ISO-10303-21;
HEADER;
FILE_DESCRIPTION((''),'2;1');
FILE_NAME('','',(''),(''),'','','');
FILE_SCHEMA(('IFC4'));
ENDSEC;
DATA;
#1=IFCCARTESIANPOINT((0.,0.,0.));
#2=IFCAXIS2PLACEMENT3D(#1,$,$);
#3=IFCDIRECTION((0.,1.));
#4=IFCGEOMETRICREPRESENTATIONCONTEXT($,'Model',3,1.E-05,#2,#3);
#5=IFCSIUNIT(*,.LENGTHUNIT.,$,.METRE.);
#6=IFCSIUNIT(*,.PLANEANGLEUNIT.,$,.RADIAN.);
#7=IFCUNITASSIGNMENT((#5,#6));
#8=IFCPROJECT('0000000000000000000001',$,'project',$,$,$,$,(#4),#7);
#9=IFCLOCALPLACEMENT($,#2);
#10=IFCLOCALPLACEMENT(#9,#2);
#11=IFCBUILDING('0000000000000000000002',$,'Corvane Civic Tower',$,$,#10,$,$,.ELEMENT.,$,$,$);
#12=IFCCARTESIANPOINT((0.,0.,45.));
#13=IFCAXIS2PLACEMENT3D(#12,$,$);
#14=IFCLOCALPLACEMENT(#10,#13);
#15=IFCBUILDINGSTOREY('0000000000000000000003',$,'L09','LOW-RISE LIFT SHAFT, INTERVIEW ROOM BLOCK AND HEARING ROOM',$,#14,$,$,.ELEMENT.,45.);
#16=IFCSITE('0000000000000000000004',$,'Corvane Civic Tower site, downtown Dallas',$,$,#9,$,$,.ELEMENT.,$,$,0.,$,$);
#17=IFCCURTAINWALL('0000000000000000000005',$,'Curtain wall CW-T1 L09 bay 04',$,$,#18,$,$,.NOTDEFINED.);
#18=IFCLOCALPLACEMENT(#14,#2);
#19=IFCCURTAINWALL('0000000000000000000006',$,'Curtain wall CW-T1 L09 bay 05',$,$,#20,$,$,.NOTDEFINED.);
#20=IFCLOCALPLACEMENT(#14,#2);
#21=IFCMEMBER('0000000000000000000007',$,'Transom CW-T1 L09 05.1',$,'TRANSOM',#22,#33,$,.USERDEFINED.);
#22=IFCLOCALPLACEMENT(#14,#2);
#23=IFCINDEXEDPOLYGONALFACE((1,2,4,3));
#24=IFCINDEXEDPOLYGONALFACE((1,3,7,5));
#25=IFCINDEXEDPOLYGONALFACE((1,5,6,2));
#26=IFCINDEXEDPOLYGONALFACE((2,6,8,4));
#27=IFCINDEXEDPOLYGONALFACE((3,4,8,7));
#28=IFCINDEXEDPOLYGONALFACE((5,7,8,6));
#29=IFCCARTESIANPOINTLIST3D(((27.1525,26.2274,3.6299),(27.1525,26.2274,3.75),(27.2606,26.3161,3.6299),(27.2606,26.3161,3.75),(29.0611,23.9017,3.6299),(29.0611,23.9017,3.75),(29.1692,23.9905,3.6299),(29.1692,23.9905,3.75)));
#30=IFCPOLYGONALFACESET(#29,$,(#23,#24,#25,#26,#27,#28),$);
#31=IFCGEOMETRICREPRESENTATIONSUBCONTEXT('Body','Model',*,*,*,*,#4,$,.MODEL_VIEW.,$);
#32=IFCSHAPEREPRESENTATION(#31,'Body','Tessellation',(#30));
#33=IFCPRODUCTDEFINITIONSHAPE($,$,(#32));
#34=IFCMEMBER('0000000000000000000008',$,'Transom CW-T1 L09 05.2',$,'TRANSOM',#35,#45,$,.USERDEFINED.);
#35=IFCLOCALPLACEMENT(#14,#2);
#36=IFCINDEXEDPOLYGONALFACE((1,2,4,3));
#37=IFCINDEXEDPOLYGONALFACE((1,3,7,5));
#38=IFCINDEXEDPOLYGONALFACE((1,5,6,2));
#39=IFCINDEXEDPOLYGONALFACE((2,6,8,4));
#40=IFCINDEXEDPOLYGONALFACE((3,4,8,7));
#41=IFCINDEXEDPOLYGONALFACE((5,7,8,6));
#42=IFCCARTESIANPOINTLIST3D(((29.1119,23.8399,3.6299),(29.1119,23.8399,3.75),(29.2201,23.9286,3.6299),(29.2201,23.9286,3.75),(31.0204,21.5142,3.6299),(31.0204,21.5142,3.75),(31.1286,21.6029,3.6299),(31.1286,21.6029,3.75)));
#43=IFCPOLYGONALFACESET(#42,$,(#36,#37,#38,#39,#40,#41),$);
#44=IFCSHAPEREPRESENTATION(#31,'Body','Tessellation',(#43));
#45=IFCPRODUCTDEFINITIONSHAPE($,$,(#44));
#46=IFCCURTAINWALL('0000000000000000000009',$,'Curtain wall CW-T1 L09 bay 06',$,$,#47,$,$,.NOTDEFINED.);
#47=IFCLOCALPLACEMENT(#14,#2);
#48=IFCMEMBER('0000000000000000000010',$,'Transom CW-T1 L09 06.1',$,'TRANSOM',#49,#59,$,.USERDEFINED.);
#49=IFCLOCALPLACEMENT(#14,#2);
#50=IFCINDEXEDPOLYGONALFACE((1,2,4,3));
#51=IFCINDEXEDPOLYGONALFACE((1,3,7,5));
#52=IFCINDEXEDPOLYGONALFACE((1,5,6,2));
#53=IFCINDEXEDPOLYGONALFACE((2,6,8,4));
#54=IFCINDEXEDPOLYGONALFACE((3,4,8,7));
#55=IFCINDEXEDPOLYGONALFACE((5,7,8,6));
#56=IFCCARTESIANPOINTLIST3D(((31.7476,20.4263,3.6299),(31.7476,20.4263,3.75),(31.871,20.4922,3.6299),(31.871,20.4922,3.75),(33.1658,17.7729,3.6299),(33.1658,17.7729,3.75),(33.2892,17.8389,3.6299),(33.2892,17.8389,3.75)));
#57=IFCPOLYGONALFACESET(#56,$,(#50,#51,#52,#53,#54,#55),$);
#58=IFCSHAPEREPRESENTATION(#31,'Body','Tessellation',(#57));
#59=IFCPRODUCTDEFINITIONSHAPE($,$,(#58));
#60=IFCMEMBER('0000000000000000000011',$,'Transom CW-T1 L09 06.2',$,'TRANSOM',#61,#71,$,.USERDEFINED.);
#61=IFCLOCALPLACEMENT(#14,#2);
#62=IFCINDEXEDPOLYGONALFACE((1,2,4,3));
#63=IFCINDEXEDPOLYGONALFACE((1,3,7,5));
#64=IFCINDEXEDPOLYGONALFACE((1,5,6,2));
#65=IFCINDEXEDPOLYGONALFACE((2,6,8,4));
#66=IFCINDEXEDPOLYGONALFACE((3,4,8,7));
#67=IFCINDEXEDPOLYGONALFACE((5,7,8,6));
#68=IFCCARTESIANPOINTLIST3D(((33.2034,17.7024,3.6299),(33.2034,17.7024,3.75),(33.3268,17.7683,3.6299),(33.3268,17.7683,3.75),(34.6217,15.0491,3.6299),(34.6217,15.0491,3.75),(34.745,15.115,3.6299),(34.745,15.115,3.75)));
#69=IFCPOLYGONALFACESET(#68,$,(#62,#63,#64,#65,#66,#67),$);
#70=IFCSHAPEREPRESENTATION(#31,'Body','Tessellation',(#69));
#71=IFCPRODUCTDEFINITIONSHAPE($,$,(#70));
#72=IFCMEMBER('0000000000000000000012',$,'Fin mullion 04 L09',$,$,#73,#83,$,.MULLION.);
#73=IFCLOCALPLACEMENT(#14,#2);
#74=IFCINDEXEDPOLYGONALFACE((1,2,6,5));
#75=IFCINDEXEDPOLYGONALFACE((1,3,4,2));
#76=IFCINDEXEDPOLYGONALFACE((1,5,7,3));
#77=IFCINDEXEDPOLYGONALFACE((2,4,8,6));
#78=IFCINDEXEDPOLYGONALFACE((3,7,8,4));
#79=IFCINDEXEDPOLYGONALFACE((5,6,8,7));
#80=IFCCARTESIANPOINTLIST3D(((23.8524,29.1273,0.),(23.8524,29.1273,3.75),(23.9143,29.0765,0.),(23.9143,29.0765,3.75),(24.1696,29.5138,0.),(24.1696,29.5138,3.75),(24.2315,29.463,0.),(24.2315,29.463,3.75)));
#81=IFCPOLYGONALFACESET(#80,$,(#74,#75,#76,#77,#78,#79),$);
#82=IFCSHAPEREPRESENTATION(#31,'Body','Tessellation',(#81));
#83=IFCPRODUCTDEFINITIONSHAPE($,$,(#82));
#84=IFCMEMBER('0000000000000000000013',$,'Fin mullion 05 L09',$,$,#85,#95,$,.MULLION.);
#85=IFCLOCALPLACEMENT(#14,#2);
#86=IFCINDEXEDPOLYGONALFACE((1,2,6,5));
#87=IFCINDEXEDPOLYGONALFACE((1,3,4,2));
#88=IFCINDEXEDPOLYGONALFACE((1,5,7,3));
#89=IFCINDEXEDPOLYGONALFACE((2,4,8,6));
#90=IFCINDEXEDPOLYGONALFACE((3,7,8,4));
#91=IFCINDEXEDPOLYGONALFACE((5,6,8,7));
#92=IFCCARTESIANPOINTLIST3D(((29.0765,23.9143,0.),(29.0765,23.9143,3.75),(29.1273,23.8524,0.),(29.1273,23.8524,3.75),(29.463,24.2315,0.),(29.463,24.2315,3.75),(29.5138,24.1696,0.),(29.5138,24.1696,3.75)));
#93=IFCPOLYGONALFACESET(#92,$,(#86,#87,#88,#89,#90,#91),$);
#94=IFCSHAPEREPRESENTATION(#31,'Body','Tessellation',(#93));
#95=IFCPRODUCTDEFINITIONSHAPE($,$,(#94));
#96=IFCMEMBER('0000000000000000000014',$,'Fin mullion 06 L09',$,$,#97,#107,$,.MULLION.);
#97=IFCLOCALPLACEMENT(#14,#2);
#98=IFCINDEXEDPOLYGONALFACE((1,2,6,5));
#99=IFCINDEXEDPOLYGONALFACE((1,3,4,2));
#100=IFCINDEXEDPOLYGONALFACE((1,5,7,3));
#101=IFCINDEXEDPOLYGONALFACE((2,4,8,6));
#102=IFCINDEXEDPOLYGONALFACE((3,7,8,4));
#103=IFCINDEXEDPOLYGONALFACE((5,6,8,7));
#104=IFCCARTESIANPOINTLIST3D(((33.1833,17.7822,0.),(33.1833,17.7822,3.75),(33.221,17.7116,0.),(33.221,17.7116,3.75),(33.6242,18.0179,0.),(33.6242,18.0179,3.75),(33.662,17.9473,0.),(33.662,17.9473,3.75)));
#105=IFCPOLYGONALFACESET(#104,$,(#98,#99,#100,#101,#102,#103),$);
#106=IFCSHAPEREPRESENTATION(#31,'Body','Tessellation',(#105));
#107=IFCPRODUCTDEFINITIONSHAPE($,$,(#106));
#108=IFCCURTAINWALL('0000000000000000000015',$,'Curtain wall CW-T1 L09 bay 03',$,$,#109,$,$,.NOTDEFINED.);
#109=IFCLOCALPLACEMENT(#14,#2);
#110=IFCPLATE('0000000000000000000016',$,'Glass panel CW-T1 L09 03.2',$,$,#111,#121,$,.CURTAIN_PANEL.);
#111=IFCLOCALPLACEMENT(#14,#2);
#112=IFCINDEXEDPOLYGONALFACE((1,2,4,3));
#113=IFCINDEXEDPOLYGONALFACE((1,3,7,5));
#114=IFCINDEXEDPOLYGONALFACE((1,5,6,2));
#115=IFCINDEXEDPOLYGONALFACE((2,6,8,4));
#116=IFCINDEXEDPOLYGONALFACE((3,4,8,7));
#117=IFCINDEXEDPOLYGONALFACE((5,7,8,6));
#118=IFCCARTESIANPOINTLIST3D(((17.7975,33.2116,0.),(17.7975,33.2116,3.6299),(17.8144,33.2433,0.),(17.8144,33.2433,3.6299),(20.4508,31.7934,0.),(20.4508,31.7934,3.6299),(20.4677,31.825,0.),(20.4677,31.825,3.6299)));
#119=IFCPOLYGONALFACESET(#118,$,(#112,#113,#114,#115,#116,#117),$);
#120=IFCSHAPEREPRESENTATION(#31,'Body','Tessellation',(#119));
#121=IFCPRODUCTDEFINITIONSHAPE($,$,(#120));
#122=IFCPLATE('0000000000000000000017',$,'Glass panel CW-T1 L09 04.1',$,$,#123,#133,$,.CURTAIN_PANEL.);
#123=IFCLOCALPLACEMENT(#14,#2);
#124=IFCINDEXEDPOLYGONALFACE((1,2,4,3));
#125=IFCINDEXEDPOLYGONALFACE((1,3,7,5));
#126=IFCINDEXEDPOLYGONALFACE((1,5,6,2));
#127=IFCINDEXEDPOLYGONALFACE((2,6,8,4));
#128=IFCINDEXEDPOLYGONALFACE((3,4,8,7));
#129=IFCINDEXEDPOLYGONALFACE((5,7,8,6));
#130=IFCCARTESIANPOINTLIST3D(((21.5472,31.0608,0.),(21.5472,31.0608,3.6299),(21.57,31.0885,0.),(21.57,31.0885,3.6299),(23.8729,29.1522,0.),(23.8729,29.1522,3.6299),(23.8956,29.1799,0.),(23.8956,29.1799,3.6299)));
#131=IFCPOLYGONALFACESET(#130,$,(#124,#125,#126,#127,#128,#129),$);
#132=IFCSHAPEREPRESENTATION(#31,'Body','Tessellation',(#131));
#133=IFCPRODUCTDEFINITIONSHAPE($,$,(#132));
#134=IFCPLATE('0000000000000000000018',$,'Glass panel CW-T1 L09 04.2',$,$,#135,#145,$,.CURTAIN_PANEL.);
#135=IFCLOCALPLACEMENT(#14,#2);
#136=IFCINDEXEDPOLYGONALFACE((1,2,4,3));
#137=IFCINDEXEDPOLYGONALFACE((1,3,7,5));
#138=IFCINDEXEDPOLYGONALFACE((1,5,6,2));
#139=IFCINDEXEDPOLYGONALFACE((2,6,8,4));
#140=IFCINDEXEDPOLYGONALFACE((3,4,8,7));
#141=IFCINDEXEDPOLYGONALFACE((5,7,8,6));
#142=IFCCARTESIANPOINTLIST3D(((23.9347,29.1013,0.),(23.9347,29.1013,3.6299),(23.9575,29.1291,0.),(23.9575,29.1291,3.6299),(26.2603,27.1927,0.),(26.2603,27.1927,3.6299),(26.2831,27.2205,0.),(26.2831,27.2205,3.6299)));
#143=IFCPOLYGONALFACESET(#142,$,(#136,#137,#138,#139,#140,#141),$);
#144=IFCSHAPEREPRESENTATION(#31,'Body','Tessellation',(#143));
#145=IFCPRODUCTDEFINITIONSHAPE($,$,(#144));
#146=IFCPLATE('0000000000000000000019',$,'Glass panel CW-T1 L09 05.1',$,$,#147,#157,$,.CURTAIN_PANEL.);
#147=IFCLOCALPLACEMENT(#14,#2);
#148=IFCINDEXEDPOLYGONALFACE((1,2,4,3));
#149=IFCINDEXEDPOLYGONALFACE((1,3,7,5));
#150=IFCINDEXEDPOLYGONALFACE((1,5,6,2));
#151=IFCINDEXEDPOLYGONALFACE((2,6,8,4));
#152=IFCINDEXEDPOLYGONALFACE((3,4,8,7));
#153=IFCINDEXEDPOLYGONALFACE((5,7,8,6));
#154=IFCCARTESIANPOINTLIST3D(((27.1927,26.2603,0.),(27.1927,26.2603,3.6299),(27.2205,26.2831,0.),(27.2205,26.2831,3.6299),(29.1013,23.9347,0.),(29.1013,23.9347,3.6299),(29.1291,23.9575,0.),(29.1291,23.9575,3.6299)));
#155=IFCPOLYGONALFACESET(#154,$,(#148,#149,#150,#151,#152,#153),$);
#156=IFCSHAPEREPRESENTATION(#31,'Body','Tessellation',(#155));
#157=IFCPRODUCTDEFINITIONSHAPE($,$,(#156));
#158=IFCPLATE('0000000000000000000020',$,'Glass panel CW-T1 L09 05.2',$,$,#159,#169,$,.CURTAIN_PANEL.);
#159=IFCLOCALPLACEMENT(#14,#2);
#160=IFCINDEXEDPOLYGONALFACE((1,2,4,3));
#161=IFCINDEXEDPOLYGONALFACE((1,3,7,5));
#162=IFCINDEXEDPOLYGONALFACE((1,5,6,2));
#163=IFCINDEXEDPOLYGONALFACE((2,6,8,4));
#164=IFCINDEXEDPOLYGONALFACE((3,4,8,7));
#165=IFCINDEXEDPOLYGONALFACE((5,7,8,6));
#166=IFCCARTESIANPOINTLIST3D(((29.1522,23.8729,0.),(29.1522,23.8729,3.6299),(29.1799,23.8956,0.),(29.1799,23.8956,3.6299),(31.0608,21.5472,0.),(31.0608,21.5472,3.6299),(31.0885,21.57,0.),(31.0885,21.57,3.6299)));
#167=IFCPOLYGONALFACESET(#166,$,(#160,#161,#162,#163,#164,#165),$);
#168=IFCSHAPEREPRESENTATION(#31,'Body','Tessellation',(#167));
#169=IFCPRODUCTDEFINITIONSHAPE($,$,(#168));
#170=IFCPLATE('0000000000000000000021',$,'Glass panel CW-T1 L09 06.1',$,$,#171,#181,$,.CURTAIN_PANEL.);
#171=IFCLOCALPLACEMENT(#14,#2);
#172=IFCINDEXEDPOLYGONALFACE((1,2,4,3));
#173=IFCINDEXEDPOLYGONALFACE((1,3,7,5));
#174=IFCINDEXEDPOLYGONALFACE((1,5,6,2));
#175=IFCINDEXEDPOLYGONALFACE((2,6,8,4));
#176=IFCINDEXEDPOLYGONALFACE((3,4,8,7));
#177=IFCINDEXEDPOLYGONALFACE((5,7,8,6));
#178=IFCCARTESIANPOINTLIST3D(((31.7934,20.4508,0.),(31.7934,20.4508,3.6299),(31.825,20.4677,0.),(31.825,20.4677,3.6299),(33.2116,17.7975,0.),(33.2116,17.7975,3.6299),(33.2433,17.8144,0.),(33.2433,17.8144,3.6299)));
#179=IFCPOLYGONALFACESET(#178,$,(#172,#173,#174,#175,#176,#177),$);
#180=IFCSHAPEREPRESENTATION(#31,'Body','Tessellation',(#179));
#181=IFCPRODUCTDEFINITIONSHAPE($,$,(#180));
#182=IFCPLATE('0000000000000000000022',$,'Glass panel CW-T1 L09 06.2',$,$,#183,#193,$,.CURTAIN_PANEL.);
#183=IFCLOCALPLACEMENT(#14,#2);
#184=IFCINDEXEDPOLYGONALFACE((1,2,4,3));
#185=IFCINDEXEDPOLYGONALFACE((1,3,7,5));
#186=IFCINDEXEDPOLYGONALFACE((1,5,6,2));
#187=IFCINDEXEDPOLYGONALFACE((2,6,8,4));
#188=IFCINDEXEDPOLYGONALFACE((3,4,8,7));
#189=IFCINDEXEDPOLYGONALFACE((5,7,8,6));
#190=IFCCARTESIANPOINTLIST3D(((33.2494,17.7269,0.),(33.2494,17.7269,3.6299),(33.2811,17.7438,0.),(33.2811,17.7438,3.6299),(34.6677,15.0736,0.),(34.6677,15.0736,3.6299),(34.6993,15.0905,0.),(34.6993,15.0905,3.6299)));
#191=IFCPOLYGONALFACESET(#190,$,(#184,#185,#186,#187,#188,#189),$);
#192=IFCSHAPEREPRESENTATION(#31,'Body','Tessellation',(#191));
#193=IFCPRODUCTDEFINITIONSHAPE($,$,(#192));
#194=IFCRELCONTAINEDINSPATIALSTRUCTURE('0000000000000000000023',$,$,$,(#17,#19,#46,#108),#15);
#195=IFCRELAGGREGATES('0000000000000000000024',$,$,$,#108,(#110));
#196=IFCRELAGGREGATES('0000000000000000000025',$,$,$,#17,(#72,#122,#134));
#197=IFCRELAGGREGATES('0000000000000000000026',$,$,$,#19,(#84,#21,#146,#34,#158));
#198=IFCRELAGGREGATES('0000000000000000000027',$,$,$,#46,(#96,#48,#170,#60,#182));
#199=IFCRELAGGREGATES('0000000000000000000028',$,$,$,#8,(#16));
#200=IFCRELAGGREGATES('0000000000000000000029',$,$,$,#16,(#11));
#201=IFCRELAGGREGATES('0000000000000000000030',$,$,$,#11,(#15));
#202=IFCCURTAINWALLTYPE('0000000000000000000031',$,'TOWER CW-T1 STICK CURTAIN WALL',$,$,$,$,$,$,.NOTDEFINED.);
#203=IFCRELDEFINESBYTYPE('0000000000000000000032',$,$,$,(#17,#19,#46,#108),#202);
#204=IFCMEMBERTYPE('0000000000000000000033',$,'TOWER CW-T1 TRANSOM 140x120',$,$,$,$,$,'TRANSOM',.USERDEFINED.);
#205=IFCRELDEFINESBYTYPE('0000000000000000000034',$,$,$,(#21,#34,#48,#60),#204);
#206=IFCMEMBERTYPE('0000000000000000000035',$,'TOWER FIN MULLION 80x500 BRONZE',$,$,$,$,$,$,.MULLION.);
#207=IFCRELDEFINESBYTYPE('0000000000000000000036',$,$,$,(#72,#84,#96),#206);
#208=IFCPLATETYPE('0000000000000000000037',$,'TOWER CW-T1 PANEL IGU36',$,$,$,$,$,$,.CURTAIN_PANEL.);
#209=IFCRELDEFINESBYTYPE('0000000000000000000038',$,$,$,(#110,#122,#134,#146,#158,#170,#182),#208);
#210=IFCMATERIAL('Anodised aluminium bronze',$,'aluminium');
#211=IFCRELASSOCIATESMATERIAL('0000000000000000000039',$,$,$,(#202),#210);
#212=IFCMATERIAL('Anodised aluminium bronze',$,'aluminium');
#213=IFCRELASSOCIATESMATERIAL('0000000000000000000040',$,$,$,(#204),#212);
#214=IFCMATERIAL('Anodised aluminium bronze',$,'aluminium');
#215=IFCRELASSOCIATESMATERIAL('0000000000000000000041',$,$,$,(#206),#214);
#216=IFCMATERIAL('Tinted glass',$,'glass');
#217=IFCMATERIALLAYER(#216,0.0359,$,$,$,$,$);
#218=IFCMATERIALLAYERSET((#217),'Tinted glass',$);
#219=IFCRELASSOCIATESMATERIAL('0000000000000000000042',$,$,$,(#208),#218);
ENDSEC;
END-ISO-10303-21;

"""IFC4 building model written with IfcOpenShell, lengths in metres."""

from ifc_helpers import new_model, si_unit, direction, frame, origin, origin_2d, place, context, subcontext, project, spatial, rectangle, extrude, material, layer, layer_set, material_profile, profile_set, type_object, element, aggregate, save


model = new_model("IFC4")

# Units and contexts
model_context = context("Model", 3, precision=1e-05, world=origin(), true_north=direction((0.0, 1.0)))
body_context = subcontext(model_context, "Body", "Model", "MODEL_VIEW")
ifc_project = project(units=[si_unit("LENGTHUNIT", "METRE"), si_unit("PLANEANGLEUNIT", "RADIAN")], contexts=[model_context])

# Site, building, storey
site_placement = place(None, origin())
site = spatial("IfcSite", under=ifc_project, at=site_placement, Name="Corvane Civic Tower site, downtown Dallas", CompositionType="ELEMENT", RefElevation=0.0)
building_placement = place(site_placement, origin())
building = spatial("IfcBuilding", under=site, at=building_placement, Name="Corvane Civic Tower", CompositionType="ELEMENT")
storey_placement = place(building_placement, frame((0.0, 0.0, 45.0)))
storey = spatial("IfcBuildingStorey", under=building, at=storey_placement, Name="L09", Description="LOW-RISE LIFT SHAFT, INTERVIEW ROOM BLOCK AND HEARING ROOM", CompositionType="ELEMENT", Elevation=45.0)

# Curtain walls, members
ifc_material_1 = material(Name="Anodised aluminium bronze", Category="aluminium")
curtain_wall_type = type_object("IfcCurtainWallType", Name="TOWER CW-T1 STICK CURTAIN WALL", PredefinedType="NOTDEFINED", material=ifc_material_1)
curtain_wall_1_placement = place(storey_placement, origin())
curtain_wall_1 = element("IfcCurtainWall", 1, at=curtain_wall_1_placement, inside=storey, type_object=curtain_wall_type, Name="Curtain wall CW-T1 L09 bay 04", PredefinedType="NOTDEFINED")
ifc_material_2 = material(Name="Anodised aluminium bronze", Category="aluminium")
ifc_material_profile_1 = material_profile(ifc_material_2, rectangle(XDim=0.1399, YDim=0.1201, at=origin_2d()), Name="TOWER CW-T1 TRANSOM 140x120")
ifc_profile_set_1 = profile_set([ifc_material_profile_1], Name="Anodised aluminium bronze")
member_type_1 = type_object("IfcMemberType", Name="TOWER CW-T1 TRANSOM 140x120", ElementType="TRANSOM", PredefinedType="USERDEFINED", material=ifc_profile_set_1)
curtain_wall_2_placement = place(storey_placement, origin())
curtain_wall_2 = element("IfcCurtainWall", 2, at=curtain_wall_2_placement, inside=storey, type_object=curtain_wall_type, Name="Curtain wall CW-T1 L09 bay 05", PredefinedType="NOTDEFINED")
member_1_placement = place(storey_placement, frame((27.2065, 26.2717, 3.6899), z_axis=(0.634404, -0.773002, 0.0), x_axis=(0.773002, 0.634404, 0.0)))
member_1 = element("IfcMember", 3, at=member_1_placement, type_object=member_type_1, Name="Transom CW-T1 L09 05.1", ObjectType="TRANSOM", PredefinedType="USERDEFINED", context=body_context, shape_type="SweptSolid", body=[
    extrude(rectangle(XDim=0.1399, YDim=0.1201, at=origin_2d()), origin(), (0.0, 0.0, 1.0), 3.0085),
])
member_2_placement = place(storey_placement, frame((29.166, 23.8843, 3.6899), z_axis=(0.634355, -0.773042, 0.0), x_axis=(0.773042, 0.634355, 0.0)))
member_2 = element("IfcMember", 4, at=member_2_placement, type_object=member_type_1, Name="Transom CW-T1 L09 05.2", ObjectType="TRANSOM", PredefinedType="USERDEFINED", context=body_context, shape_type="SweptSolid", body=[
    extrude(rectangle(XDim=0.1399, YDim=0.1201, at=origin_2d()), origin(), (0.0, 0.0, 1.0), 3.0085),
])
curtain_wall_3_placement = place(storey_placement, origin())
curtain_wall_3 = element("IfcCurtainWall", 5, at=curtain_wall_3_placement, inside=storey, type_object=curtain_wall_type, Name="Curtain wall CW-T1 L09 bay 06", PredefinedType="NOTDEFINED")
member_3_placement = place(storey_placement, frame((31.8093, 20.4592, 3.6899), z_axis=(0.471393, -0.881924, 0.0), x_axis=(0.881924, 0.471393, 0.0)))
member_3 = element("IfcMember", 6, at=member_3_placement, type_object=member_type_1, Name="Transom CW-T1 L09 06.1", ObjectType="TRANSOM", PredefinedType="USERDEFINED", context=body_context, shape_type="SweptSolid", body=[
    extrude(rectangle(XDim=0.1399, YDim=0.1201, at=origin_2d()), origin(), (0.0, 0.0, 1.0), 3.0085),
])
member_4_placement = place(storey_placement, frame((33.2651, 17.7354, 3.6899), z_axis=(0.471393, -0.881924, 0.0), x_axis=(0.881924, 0.471393, 0.0)))
member_4 = element("IfcMember", 7, at=member_4_placement, type_object=member_type_1, Name="Transom CW-T1 L09 06.2", ObjectType="TRANSOM", PredefinedType="USERDEFINED", context=body_context, shape_type="SweptSolid", body=[
    extrude(rectangle(XDim=0.1399, YDim=0.1201, at=origin_2d()), origin(), (0.0, 0.0, 1.0), 3.0085),
])

# Members
ifc_material_3 = material(Name="Anodised aluminium bronze", Category="aluminium")
ifc_material_profile_2 = material_profile(ifc_material_3, rectangle(XDim=0.0801, YDim=0.5, at=origin_2d()), Name="TOWER FIN MULLION 80x500 BRONZE")
ifc_profile_set_2 = profile_set([ifc_material_profile_2], Name="Anodised aluminium bronze")
member_type_2 = type_object("IfcMemberType", Name="TOWER FIN MULLION 80x500 BRONZE", PredefinedType="MULLION", material=ifc_profile_set_2)
member_5_placement = place(storey_placement, frame((24.042, 29.2952, 0.0), z_axis=(0.0, 0.0, 1.0), x_axis=(0.773007, -0.634397, 0.0)))
member_5 = element("IfcMember", 8, at=member_5_placement, type_object=member_type_2, Name="Fin mullion 04 L09", PredefinedType="MULLION", context=body_context, shape_type="SweptSolid", body=[
    extrude(rectangle(XDim=0.0801, YDim=0.5, at=origin_2d()), origin(), (0.0, 0.0, 1.0), 3.75),
])
member_6_placement = place(storey_placement, frame((29.2952, 24.042, 0.0), z_axis=(0.0, 0.0, 1.0), x_axis=(0.634397, -0.773007, 0.0)))
member_6 = element("IfcMember", 9, at=member_6_placement, type_object=member_type_2, Name="Fin mullion 05 L09", PredefinedType="MULLION", context=body_context, shape_type="SweptSolid", body=[
    extrude(rectangle(XDim=0.0801, YDim=0.5, at=origin_2d()), origin(), (0.0, 0.0, 1.0), 3.75),
])
member_7_placement = place(storey_placement, frame((33.4226, 17.8647, 0.0), z_axis=(0.0, 0.0, 1.0), x_axis=(0.471404, -0.881918, 0.0)))
member_7 = element("IfcMember", 10, at=member_7_placement, type_object=member_type_2, Name="Fin mullion 06 L09", PredefinedType="MULLION", context=body_context, shape_type="SweptSolid", body=[
    extrude(rectangle(XDim=0.0801, YDim=0.5, at=origin_2d()), origin(), (0.0, 0.0, 1.0), 3.75),
])

# Curtain wall, plate
curtain_wall_4_placement = place(storey_placement, origin())
curtain_wall_4 = element("IfcCurtainWall", 11, at=curtain_wall_4_placement, inside=storey, type_object=curtain_wall_type, Name="Curtain wall CW-T1 L09 bay 03", PredefinedType="NOTDEFINED")
ifc_material_4 = material(Name="Tinted glass", Category="glass")
ifc_layer_1 = layer(ifc_material_4, 0.0359)
ifc_layer_set_1 = layer_set([ifc_layer_1], Name="Tinted glass")
plate_type = type_object("IfcPlateType", Name="TOWER CW-T1 PANEL IGU36", PredefinedType="CURTAIN_PANEL", material=ifc_layer_set_1)
plate_1_placement = place(storey_placement, frame((19.1326, 32.5183, 0.0), z_axis=(0.0, 0.0, 1.0), x_axis=(0.881918, -0.471404, 0.0)))
plate_1 = element("IfcPlate", 12, at=plate_1_placement, type_object=plate_type, Name="Glass panel CW-T1 L09 03.2", PredefinedType="CURTAIN_PANEL", context=body_context, shape_type="SweptSolid", body=[
    extrude(rectangle(XDim=3.0085, YDim=0.0359, at=origin_2d()), origin(), (0.0, 0.0, 1.0), 3.6299),
])
aggregate(curtain_wall_4, [plate_1])

# Plates
plate_2_placement = place(storey_placement, frame((22.7214, 30.1204, 0.0), z_axis=(0.0, 0.0, 1.0), x_axis=(0.773007, -0.634397, 0.0)))
plate_2 = element("IfcPlate", 13, at=plate_2_placement, type_object=plate_type, Name="Glass panel CW-T1 L09 04.1", PredefinedType="CURTAIN_PANEL", context=body_context, shape_type="SweptSolid", body=[
    extrude(rectangle(XDim=3.0085, YDim=0.0359, at=origin_2d()), origin(), (0.0, 0.0, 1.0), 3.6299),
])
plate_3_placement = place(storey_placement, frame((25.1089, 28.1609, 0.0), z_axis=(0.0, 0.0, 1.0), x_axis=(0.773007, -0.634397, 0.0)))
plate_3 = element("IfcPlate", 14, at=plate_3_placement, type_object=plate_type, Name="Glass panel CW-T1 L09 04.2", PredefinedType="CURTAIN_PANEL", context=body_context, shape_type="SweptSolid", body=[
    extrude(rectangle(XDim=3.0085, YDim=0.0359, at=origin_2d()), origin(), (0.0, 0.0, 1.0), 3.6299),
])
aggregate(curtain_wall_1, [member_5, plate_2, plate_3])
plate_4_placement = place(storey_placement, frame((28.1609, 25.1089, 0.0), z_axis=(0.0, 0.0, 1.0), x_axis=(0.634397, -0.773007, 0.0)))
plate_4 = element("IfcPlate", 15, at=plate_4_placement, type_object=plate_type, Name="Glass panel CW-T1 L09 05.1", PredefinedType="CURTAIN_PANEL", context=body_context, shape_type="SweptSolid", body=[
    extrude(rectangle(XDim=3.0085, YDim=0.0359, at=origin_2d()), origin(), (0.0, 0.0, 1.0), 3.6299),
])
plate_5_placement = place(storey_placement, frame((30.1204, 22.7214, 0.0), z_axis=(0.0, 0.0, 1.0), x_axis=(0.634397, -0.773007, 0.0)))
plate_5 = element("IfcPlate", 16, at=plate_5_placement, type_object=plate_type, Name="Glass panel CW-T1 L09 05.2", PredefinedType="CURTAIN_PANEL", context=body_context, shape_type="SweptSolid", body=[
    extrude(rectangle(XDim=3.0085, YDim=0.0359, at=origin_2d()), origin(), (0.0, 0.0, 1.0), 3.6299),
])
aggregate(curtain_wall_2, [member_6, member_1, plate_4, member_2, plate_5])
plate_6_placement = place(storey_placement, frame((32.5183, 19.1326, 0.0), z_axis=(0.0, 0.0, 1.0), x_axis=(0.471404, -0.881918, 0.0)))
plate_6 = element("IfcPlate", 17, at=plate_6_placement, type_object=plate_type, Name="Glass panel CW-T1 L09 06.1", PredefinedType="CURTAIN_PANEL", context=body_context, shape_type="SweptSolid", body=[
    extrude(rectangle(XDim=3.0085, YDim=0.0359, at=origin_2d()), origin(), (0.0, 0.0, 1.0), 3.6299),
])
plate_7_placement = place(storey_placement, frame((33.9744, 16.4087, 0.0), z_axis=(0.0, 0.0, 1.0), x_axis=(0.471404, -0.881918, 0.0)))
plate_7 = element("IfcPlate", 18, at=plate_7_placement, type_object=plate_type, Name="Glass panel CW-T1 L09 06.2", PredefinedType="CURTAIN_PANEL", context=body_context, shape_type="SweptSolid", body=[
    extrude(rectangle(XDim=3.0085, YDim=0.0359, at=origin_2d()), origin(), (0.0, 0.0, 1.0), 3.6299),
])
aggregate(curtain_wall_3, [member_7, member_3, plate_6, member_4, plate_7])

save(model, "model.ifc")
